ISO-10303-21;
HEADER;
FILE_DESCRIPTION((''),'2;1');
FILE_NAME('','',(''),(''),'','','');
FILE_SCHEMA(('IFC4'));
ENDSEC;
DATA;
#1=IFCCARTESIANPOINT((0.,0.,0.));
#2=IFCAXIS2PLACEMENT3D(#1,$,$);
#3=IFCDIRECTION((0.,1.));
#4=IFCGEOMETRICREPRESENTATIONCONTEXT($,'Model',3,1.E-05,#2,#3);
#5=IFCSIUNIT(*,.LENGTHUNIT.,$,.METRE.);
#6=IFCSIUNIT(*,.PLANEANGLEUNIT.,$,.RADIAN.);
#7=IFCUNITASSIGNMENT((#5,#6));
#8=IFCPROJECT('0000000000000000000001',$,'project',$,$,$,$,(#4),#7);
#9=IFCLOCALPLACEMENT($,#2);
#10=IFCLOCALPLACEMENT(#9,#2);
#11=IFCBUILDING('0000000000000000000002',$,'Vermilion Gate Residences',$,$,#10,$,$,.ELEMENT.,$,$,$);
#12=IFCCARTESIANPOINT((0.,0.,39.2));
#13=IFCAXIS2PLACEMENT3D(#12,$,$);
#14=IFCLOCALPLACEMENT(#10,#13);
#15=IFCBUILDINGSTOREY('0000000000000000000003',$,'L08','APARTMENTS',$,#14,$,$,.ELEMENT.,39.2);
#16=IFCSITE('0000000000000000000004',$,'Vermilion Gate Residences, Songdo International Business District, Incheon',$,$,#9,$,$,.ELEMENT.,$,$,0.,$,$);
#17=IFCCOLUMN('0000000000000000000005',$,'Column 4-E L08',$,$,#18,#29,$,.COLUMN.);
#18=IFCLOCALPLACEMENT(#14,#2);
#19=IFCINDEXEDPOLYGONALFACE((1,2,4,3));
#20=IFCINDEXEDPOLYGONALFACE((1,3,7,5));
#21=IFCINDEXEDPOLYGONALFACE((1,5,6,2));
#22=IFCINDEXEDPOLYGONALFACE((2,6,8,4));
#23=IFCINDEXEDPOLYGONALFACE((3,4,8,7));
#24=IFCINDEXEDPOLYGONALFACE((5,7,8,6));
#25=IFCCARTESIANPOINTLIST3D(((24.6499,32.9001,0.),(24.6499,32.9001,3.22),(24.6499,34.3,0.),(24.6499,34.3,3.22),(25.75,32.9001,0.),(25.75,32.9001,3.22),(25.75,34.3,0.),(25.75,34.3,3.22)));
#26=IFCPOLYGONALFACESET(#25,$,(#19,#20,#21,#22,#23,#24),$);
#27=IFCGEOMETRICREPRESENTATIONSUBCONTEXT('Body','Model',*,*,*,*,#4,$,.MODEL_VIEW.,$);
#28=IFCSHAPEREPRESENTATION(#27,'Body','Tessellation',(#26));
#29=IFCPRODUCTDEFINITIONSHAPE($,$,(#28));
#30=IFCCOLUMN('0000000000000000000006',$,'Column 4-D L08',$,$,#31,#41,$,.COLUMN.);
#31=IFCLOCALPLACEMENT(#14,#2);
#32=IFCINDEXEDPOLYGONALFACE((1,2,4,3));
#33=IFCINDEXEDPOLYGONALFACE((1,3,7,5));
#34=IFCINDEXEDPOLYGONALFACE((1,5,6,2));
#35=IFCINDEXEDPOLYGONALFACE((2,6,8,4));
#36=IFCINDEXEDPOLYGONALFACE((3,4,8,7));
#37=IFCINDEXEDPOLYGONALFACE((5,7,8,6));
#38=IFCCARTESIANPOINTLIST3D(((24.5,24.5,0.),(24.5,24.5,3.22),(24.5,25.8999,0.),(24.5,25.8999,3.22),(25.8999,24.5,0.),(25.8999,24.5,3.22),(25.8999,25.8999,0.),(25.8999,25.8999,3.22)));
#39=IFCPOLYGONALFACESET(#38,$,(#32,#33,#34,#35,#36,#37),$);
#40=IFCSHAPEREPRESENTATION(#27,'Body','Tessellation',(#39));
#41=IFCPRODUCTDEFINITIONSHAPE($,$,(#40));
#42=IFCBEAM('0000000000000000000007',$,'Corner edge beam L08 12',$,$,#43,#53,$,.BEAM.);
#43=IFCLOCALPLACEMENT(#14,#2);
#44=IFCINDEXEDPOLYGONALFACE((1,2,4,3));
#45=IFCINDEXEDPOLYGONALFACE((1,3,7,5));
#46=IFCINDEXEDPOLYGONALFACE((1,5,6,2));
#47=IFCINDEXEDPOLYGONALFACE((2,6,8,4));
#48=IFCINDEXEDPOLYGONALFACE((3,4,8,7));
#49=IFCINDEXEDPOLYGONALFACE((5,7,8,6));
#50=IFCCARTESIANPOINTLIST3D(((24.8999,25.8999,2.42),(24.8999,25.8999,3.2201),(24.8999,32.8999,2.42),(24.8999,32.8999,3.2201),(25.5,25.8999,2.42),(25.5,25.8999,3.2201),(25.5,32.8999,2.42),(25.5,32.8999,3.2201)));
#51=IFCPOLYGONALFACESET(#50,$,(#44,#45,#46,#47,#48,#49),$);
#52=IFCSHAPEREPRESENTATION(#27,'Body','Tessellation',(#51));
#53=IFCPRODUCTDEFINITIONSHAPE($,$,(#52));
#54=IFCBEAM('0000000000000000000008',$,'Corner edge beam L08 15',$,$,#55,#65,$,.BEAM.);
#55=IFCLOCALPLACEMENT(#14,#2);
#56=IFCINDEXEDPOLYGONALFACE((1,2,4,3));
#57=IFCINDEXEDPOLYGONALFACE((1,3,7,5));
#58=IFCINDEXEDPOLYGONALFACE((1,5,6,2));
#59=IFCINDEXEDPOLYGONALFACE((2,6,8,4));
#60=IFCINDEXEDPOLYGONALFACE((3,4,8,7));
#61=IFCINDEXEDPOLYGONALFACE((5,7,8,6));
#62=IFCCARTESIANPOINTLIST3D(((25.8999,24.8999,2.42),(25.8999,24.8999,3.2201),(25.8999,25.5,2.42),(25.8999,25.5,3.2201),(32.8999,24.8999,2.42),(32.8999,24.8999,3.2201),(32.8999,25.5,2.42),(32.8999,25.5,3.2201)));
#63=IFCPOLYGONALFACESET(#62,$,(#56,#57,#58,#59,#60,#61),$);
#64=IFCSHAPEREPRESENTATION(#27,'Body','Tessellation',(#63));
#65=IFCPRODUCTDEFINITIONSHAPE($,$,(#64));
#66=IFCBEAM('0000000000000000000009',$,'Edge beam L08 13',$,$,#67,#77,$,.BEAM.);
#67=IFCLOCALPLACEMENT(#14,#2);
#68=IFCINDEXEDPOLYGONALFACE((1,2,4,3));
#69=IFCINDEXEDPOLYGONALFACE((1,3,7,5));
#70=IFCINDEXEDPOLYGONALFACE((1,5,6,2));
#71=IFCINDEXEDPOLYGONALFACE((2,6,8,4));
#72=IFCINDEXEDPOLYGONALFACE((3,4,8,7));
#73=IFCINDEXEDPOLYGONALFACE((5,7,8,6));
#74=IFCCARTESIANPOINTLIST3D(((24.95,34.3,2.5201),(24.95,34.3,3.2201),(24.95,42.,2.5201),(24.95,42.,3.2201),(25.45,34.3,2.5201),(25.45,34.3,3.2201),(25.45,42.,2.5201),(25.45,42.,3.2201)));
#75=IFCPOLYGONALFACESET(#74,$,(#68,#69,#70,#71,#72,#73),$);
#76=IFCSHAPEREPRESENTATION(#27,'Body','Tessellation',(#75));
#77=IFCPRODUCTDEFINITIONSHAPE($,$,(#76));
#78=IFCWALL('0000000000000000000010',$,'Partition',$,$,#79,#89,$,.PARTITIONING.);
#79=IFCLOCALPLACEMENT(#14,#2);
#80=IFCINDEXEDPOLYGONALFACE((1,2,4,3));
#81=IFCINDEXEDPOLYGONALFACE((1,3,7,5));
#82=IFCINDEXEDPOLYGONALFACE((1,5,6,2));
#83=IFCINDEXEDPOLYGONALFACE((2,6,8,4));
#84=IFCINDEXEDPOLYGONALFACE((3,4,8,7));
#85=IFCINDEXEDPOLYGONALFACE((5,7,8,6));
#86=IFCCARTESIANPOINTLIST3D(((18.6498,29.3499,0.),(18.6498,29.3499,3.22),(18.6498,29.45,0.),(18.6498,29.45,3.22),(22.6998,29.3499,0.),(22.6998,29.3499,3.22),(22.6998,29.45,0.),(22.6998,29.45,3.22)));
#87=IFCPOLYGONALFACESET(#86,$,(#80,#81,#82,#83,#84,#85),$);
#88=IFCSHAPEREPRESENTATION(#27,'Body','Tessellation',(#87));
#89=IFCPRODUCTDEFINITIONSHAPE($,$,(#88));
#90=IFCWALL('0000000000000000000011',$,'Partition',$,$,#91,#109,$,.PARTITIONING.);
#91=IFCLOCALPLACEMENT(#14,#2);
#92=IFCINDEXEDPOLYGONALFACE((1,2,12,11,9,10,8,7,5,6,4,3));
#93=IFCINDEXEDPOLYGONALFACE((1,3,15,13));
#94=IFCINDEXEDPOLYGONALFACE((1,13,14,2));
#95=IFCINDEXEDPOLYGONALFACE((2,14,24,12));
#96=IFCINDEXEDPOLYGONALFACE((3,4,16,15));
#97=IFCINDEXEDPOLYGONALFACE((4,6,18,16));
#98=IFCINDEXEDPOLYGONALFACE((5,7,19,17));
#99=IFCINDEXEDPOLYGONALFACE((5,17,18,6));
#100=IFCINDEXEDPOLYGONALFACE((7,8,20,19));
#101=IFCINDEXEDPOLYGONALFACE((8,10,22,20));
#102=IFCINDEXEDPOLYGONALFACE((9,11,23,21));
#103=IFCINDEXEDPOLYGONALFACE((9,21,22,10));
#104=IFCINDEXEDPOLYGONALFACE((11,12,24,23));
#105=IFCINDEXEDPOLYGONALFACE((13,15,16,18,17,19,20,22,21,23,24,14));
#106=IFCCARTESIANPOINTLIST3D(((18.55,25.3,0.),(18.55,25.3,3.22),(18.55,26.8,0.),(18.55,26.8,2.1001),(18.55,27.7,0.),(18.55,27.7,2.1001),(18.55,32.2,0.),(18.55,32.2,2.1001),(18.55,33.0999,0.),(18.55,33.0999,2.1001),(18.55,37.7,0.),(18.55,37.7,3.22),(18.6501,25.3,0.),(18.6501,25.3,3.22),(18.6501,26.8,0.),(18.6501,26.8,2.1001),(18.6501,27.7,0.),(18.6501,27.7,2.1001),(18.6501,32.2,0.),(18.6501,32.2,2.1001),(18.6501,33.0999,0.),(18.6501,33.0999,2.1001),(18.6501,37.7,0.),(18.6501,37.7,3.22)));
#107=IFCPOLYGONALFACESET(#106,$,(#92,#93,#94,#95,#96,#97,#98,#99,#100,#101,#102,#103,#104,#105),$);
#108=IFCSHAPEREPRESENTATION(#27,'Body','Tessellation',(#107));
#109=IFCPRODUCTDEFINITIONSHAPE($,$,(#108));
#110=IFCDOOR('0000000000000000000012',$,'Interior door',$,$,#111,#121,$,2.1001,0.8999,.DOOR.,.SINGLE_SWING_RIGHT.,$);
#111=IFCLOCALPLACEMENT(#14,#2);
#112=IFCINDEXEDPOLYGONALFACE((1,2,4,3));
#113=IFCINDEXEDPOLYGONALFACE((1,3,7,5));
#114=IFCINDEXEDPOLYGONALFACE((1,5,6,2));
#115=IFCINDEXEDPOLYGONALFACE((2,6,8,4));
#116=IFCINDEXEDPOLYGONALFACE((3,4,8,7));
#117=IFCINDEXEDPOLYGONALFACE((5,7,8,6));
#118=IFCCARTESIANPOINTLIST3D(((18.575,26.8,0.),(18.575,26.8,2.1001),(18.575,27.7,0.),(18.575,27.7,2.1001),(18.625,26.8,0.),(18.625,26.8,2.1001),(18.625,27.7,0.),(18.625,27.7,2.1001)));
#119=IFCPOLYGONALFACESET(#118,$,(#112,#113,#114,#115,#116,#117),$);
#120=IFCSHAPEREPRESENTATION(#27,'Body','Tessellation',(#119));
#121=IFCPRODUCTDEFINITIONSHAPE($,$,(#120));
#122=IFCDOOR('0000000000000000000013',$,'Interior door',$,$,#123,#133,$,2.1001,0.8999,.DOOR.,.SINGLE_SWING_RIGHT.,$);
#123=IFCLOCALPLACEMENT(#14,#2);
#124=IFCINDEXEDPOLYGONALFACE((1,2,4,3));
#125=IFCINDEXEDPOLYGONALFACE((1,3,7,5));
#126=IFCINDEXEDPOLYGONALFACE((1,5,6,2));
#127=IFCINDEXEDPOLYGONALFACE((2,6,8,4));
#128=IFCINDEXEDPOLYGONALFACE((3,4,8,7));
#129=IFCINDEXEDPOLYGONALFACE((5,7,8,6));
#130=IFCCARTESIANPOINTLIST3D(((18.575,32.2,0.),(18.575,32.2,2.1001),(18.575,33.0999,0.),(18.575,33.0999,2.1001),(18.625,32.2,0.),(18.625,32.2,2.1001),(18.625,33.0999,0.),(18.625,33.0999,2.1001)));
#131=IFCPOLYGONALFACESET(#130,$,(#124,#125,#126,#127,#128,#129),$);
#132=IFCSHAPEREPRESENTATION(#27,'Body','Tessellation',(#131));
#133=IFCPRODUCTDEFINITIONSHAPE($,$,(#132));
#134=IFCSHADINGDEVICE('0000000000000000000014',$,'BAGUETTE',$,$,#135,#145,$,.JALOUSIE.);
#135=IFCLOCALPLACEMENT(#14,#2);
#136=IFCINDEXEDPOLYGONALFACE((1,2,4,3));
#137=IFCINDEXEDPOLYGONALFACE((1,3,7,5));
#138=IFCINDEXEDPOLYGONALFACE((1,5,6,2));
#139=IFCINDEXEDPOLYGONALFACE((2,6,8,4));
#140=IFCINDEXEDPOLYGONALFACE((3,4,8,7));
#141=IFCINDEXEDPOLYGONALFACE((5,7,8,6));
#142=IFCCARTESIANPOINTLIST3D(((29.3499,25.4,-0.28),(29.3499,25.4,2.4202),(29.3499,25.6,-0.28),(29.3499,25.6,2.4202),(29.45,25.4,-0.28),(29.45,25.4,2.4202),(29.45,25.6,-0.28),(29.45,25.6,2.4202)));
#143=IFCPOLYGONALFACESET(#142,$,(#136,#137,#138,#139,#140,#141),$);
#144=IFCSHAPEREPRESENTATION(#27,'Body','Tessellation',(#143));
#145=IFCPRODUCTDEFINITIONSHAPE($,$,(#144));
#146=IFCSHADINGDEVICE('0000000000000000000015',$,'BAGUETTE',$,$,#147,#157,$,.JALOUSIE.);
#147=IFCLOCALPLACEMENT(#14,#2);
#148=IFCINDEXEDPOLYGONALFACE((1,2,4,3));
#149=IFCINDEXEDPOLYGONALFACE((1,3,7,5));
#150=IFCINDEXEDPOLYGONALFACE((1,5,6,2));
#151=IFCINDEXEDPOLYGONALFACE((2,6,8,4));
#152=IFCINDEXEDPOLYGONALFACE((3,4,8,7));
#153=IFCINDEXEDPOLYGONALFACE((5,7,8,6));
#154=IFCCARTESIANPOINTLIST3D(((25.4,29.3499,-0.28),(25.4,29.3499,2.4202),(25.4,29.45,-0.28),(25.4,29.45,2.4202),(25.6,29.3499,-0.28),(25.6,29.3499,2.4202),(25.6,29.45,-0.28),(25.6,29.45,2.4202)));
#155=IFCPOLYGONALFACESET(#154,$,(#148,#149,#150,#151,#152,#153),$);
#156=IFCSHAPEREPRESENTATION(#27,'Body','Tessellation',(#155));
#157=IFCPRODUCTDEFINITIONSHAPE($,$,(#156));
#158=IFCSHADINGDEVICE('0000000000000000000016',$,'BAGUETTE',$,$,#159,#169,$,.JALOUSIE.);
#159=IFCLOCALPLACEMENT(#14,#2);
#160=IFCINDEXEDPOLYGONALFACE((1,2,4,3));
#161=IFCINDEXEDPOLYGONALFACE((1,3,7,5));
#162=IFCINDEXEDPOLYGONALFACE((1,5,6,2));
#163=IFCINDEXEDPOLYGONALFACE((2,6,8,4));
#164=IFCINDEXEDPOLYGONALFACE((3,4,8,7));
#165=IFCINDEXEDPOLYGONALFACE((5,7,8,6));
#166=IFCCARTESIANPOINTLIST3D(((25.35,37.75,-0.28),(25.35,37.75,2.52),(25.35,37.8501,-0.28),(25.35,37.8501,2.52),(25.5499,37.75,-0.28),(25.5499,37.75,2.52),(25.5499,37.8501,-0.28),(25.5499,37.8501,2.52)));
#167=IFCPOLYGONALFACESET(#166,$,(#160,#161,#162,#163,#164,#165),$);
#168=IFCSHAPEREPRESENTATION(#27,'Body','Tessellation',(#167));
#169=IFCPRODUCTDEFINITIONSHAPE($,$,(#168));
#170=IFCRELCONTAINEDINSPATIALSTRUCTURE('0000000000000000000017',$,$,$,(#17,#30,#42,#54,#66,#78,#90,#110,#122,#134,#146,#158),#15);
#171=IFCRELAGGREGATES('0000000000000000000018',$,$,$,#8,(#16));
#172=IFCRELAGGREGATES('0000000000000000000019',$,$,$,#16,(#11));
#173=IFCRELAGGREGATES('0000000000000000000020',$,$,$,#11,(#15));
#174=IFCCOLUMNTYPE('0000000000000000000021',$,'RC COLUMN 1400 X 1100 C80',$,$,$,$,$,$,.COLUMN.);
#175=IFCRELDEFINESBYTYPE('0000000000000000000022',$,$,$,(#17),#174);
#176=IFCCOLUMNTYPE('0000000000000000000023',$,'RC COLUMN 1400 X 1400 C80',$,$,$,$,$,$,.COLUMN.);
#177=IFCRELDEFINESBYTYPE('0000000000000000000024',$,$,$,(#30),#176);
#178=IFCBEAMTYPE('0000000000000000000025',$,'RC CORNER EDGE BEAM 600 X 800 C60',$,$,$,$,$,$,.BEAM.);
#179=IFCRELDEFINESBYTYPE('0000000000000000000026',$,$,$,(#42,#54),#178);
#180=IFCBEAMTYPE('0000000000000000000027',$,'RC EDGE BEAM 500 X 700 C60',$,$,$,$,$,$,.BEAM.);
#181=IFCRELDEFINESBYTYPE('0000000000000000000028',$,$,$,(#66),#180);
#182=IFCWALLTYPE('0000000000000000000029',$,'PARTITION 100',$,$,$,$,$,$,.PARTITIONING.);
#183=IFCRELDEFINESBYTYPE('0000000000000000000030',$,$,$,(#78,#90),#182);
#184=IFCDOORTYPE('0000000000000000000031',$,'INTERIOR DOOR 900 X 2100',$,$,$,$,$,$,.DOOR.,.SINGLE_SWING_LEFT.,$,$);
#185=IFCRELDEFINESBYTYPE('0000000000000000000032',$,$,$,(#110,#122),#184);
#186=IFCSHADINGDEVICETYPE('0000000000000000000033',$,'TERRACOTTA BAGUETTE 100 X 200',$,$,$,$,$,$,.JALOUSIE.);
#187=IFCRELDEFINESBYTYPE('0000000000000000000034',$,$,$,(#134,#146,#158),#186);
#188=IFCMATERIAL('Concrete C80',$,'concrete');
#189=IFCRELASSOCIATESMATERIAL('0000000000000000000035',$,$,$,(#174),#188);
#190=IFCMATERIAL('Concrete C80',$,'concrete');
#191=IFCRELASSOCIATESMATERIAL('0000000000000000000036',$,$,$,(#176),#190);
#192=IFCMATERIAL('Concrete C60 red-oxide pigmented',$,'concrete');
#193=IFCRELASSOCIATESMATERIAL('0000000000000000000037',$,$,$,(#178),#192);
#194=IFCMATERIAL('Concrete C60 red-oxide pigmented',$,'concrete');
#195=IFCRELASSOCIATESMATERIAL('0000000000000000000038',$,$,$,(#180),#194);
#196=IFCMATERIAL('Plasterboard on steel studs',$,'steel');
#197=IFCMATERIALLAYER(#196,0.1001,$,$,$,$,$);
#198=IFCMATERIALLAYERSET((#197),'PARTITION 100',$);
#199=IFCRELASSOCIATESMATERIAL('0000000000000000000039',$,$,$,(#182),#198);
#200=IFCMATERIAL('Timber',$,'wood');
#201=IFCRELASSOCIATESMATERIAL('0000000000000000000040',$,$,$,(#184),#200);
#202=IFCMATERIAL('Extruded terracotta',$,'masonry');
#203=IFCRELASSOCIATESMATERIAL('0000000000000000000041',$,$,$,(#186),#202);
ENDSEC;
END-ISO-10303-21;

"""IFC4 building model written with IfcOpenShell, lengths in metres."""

from ifc_helpers import new_model, si_unit, direction, frame, frame_2d, origin, origin_2d, place, context, subcontext, project, spatial, rectangle, extrude, material, layer, layer_set, material_profile, profile_set, type_object, element, fill, save


model = new_model("IFC4")

# Units and contexts
model_context = context("Model", 3, precision=1e-05, world=origin(), true_north=direction((0.0, 1.0)))
body_context = subcontext(model_context, "Body", "Model", "MODEL_VIEW")
ifc_project = project(units=[si_unit("LENGTHUNIT", "METRE"), si_unit("PLANEANGLEUNIT", "RADIAN")], contexts=[model_context])

# Site, building, storey
site_placement = place(None, origin())
site = spatial("IfcSite", under=ifc_project, at=site_placement, Name="Vermilion Gate Residences, Songdo International Business District, Incheon", CompositionType="ELEMENT", RefElevation=0.0)
building_placement = place(site_placement, origin())
building = spatial("IfcBuilding", under=site, at=building_placement, Name="Vermilion Gate Residences", CompositionType="ELEMENT")
storey_placement = place(building_placement, frame((0.0, 0.0, 39.2)))
storey = spatial("IfcBuildingStorey", under=building, at=storey_placement, Name="L08", Description="APARTMENTS", CompositionType="ELEMENT", Elevation=39.2)

# Columns
ifc_material_1 = material(Name="Concrete C80", Category="concrete")
ifc_material_profile_1 = material_profile(ifc_material_1, rectangle(XDim=1.3999, YDim=1.1001, at=origin_2d()), Name="RC-1400x1100")
ifc_profile_set_1 = profile_set([ifc_material_profile_1], Name="Concrete C80")
column_type_1 = type_object("IfcColumnType", Name="RC COLUMN 1400 X 1100 C80", PredefinedType="COLUMN", material=ifc_profile_set_1)
column_1_placement = place(storey_placement, frame((25.2, 33.6001, 0.0), z_axis=(0.0, 0.0, 1.0), x_axis=(0.0, 1.0, 0.0)))
element("IfcColumn", 1, at=column_1_placement, inside=storey, type_object=column_type_1, Name="Column 4-E L08", PredefinedType="COLUMN", context=body_context, shape_type="SweptSolid", body=[
    extrude(rectangle(XDim=1.3999, YDim=1.1001, at=origin_2d()), origin(), (0.0, 0.0, 1.0), 3.22),
])
ifc_material_2 = material(Name="Concrete C80", Category="concrete")
ifc_material_profile_2 = material_profile(ifc_material_2, rectangle(XDim=1.3999, YDim=1.3999, at=origin_2d()), Name="RC-1400x1400")
ifc_profile_set_2 = profile_set([ifc_material_profile_2], Name="Concrete C80")
column_type_2 = type_object("IfcColumnType", Name="RC COLUMN 1400 X 1400 C80", PredefinedType="COLUMN", material=ifc_profile_set_2)
column_2_placement = place(storey_placement, frame((25.2, 25.2, 0.0), z_axis=(0.0, 0.0, 1.0), x_axis=(1.0, 0.0, 0.0)))
element("IfcColumn", 2, at=column_2_placement, inside=storey, type_object=column_type_2, Name="Column 4-D L08", PredefinedType="COLUMN", context=body_context, shape_type="SweptSolid", body=[
    extrude(rectangle(XDim=1.3999, YDim=1.3999, at=origin_2d()), origin(), (0.0, 0.0, 1.0), 3.22),
])

# Beams
ifc_material_3 = material(Name="Concrete C60 red-oxide pigmented", Category="concrete")
ifc_material_profile_3 = material_profile(ifc_material_3, rectangle(XDim=0.6001, YDim=0.8, at=origin_2d()), Name="RC-600x800")
ifc_profile_set_3 = profile_set([ifc_material_profile_3], Name="Concrete C60 red-oxide pigmented")
beam_type_1 = type_object("IfcBeamType", Name="RC CORNER EDGE BEAM 600 X 800 C60", PredefinedType="BEAM", material=ifc_profile_set_3)
for number, where, z_axis, x_axis, name in (
    (3, (25.2, 25.8999, 2.8201), (0.0, 1.0, 0.0), (-1.0, 0.0, 0.0), "Corner edge beam L08 12"),
    (4, (25.8999, 25.2, 2.8201), (1.0, 0.0, 0.0), (0.0, 1.0, 0.0), "Corner edge beam L08 15"),
):
    element("IfcBeam", number, at=place(storey_placement, frame(where, z_axis=z_axis, x_axis=x_axis)), inside=storey, type_object=beam_type_1, Name=name, PredefinedType="BEAM", context=body_context, shape_type="SweptSolid", body=[
        extrude(rectangle(XDim=0.6001, YDim=0.8, at=origin_2d()), origin(), (0.0, 0.0, 1.0), 7.0),
    ])
ifc_material_4 = material(Name="Concrete C60 red-oxide pigmented", Category="concrete")
ifc_material_profile_4 = material_profile(ifc_material_4, rectangle(XDim=0.5, YDim=0.7, at=origin_2d()), Name="RC-500x700")
ifc_profile_set_4 = profile_set([ifc_material_profile_4], Name="Concrete C60 red-oxide pigmented")
beam_type_2 = type_object("IfcBeamType", Name="RC EDGE BEAM 500 X 700 C60", PredefinedType="BEAM", material=ifc_profile_set_4)
beam_placement = place(storey_placement, frame((25.2, 34.3, 2.8701), z_axis=(0.0, 1.0, 0.0), x_axis=(-1.0, 0.0, 0.0)))
element("IfcBeam", 5, at=beam_placement, inside=storey, type_object=beam_type_2, Name="Edge beam L08 13", PredefinedType="BEAM", context=body_context, shape_type="SweptSolid", body=[
    extrude(rectangle(XDim=0.5, YDim=0.7, at=origin_2d()), origin(), (0.0, 0.0, 1.0), 7.7),
])

# Wall
ifc_material_5 = material(Name="Plasterboard on steel studs", Category="steel")
ifc_layer = layer(ifc_material_5, 0.1001)
ifc_layer_set = layer_set([ifc_layer], Name="PARTITION 100")
wall_type = type_object("IfcWallType", Name="PARTITION 100", PredefinedType="PARTITIONING", material=ifc_layer_set)
wall_1_placement = place(storey_placement, frame((18.6499, 29.3999, 0.0), z_axis=(0.0, 0.0, 1.0), x_axis=(1.0, 0.0, 0.0)))
element("IfcWall", 6, at=wall_1_placement, inside=storey, type_object=wall_type, Name="Partition", PredefinedType="PARTITIONING", context=body_context, shape_type="SweptSolid", body=[
    extrude(rectangle(XDim=4.05, YDim=0.1001, at=frame_2d((2.0249, 0.0))), origin(), (0.0, 0.0, 1.0), 3.22),
])

# Wall, openings, doors
wall_2_placement = place(storey_placement, frame((18.6001, 25.3, 0.0), z_axis=(0.0, 0.0, 1.0), x_axis=(0.0, 1.0, 0.0)))
wall_2 = element("IfcWall", 7, at=wall_2_placement, inside=storey, type_object=wall_type, Name="Partition", PredefinedType="PARTITIONING", context=body_context, shape_type="SweptSolid", body=[
    extrude(rectangle(XDim=12.3999, YDim=0.1001, at=frame_2d((6.2, 0.0))), origin(), (0.0, 0.0, 1.0), 3.22),
])
opening_1_placement = place(wall_2_placement, frame((1.5, 0.0, 0.0)))
opening_1 = element("IfcOpeningElement", 8, at=opening_1_placement, cuts=wall_2, PredefinedType="OPENING", context=body_context, shape_type="SweptSolid", body=[
    extrude(rectangle(XDim=0.8999, YDim=2.1001, at=frame_2d((0.45, 1.05))), frame((0.0, 0.0601, 0.0), z_axis=(0.0, -1.0, 0.0), x_axis=(1.0, 0.0, 0.0)), (0.0, 0.0, 1.0), 0.1201),
])
opening_2_placement = place(wall_2_placement, frame((6.8999, 0.0, 0.0)))
opening_2 = element("IfcOpeningElement", 9, at=opening_2_placement, cuts=wall_2, PredefinedType="OPENING", context=body_context, shape_type="SweptSolid", body=[
    extrude(rectangle(XDim=0.8999, YDim=2.1001, at=frame_2d((0.45, 1.05))), frame((0.0, 0.0601, 0.0), z_axis=(0.0, -1.0, 0.0), x_axis=(1.0, 0.0, 0.0)), (0.0, 0.0, 1.0), 0.1201),
])
ifc_material_6 = material(Name="Timber", Category="wood")
door_type = type_object("IfcDoorType", Name="INTERIOR DOOR 900 X 2100", OperationType="SINGLE_SWING_LEFT", PredefinedType="DOOR", material=ifc_material_6)
door_1_placement = place(opening_1_placement, frame((0.8999, 0.0, 0.0), z_axis=(0.0, 0.0, 1.0), x_axis=(-1.0, 0.0, 0.0)))
door_1 = element("IfcDoor", 10, at=door_1_placement, inside=storey, type_object=door_type, Name="Interior door", OperationType="SINGLE_SWING_RIGHT", OverallHeight=2.1001, OverallWidth=0.8999, PredefinedType="DOOR", context=body_context, shape_type="SweptSolid", body=[
    extrude(rectangle(XDim=0.8999, YDim=2.1001, at=frame_2d((0.45, 1.05))), frame((0.0, 0.0249, 0.0), z_axis=(0.0, -1.0, 0.0), x_axis=(1.0, 0.0, 0.0)), (0.0, 0.0, 1.0), 0.05),
])
fill(opening_1, door_1)
door_2_placement = place(opening_2_placement, frame((0.8999, 0.0, 0.0), z_axis=(0.0, 0.0, 1.0), x_axis=(-1.0, 0.0, 0.0)))
door_2 = element("IfcDoor", 11, at=door_2_placement, inside=storey, type_object=door_type, Name="Interior door", OperationType="SINGLE_SWING_RIGHT", OverallHeight=2.1001, OverallWidth=0.8999, PredefinedType="DOOR", context=body_context, shape_type="SweptSolid", body=[
    extrude(rectangle(XDim=0.8999, YDim=2.1001, at=frame_2d((0.45, 1.05))), frame((0.0, 0.0249, 0.0), z_axis=(0.0, -1.0, 0.0), x_axis=(1.0, 0.0, 0.0)), (0.0, 0.0, 1.0), 0.05),
])
fill(opening_2, door_2)

# Shading devices
ifc_material_7 = material(Name="Extruded terracotta", Category="masonry")
ifc_material_profile_5 = material_profile(ifc_material_7, rectangle(XDim=0.2, YDim=0.1001, at=origin_2d()), Name="BAGUETTE 100 X 200")
ifc_profile_set_5 = profile_set([ifc_material_profile_5], Name="Extruded terracotta")
shading_device_type = type_object("IfcShadingDeviceType", Name="TERRACOTTA BAGUETTE 100 X 200", PredefinedType="JALOUSIE", material=ifc_profile_set_5)
for number, where, z_axis, x_axis, name in (
    (12, (29.3999, 25.5, -0.28), (0.0, 0.0, 1.0), (0.0, -1.0, 0.0), "BAGUETTE"),
    (13, (25.5, 29.3999, -0.28), (0.0, 0.0, 1.0), (-1.0, 0.0, 0.0), "BAGUETTE"),
):
    element("IfcShadingDevice", number, at=place(storey_placement, frame(where, z_axis=z_axis, x_axis=x_axis)), inside=storey, type_object=shading_device_type, Name=name, PredefinedType="JALOUSIE", context=body_context, shape_type="SweptSolid", body=[
        extrude(rectangle(XDim=0.2, YDim=0.1001, at=origin_2d()), origin(), (0.0, 0.0, 1.0), 2.7002),
    ])
shading_device_placement = place(storey_placement, frame((25.45, 37.8, -0.28), z_axis=(0.0, 0.0, 1.0), x_axis=(-1.0, 0.0, 0.0)))
element("IfcShadingDevice", 14, at=shading_device_placement, inside=storey, type_object=shading_device_type, Name="BAGUETTE", PredefinedType="JALOUSIE", context=body_context, shape_type="SweptSolid", body=[
    extrude(rectangle(XDim=0.2, YDim=0.1001, at=origin_2d()), origin(), (0.0, 0.0, 1.0), 2.8),
])

save(model, "model.ifc")
